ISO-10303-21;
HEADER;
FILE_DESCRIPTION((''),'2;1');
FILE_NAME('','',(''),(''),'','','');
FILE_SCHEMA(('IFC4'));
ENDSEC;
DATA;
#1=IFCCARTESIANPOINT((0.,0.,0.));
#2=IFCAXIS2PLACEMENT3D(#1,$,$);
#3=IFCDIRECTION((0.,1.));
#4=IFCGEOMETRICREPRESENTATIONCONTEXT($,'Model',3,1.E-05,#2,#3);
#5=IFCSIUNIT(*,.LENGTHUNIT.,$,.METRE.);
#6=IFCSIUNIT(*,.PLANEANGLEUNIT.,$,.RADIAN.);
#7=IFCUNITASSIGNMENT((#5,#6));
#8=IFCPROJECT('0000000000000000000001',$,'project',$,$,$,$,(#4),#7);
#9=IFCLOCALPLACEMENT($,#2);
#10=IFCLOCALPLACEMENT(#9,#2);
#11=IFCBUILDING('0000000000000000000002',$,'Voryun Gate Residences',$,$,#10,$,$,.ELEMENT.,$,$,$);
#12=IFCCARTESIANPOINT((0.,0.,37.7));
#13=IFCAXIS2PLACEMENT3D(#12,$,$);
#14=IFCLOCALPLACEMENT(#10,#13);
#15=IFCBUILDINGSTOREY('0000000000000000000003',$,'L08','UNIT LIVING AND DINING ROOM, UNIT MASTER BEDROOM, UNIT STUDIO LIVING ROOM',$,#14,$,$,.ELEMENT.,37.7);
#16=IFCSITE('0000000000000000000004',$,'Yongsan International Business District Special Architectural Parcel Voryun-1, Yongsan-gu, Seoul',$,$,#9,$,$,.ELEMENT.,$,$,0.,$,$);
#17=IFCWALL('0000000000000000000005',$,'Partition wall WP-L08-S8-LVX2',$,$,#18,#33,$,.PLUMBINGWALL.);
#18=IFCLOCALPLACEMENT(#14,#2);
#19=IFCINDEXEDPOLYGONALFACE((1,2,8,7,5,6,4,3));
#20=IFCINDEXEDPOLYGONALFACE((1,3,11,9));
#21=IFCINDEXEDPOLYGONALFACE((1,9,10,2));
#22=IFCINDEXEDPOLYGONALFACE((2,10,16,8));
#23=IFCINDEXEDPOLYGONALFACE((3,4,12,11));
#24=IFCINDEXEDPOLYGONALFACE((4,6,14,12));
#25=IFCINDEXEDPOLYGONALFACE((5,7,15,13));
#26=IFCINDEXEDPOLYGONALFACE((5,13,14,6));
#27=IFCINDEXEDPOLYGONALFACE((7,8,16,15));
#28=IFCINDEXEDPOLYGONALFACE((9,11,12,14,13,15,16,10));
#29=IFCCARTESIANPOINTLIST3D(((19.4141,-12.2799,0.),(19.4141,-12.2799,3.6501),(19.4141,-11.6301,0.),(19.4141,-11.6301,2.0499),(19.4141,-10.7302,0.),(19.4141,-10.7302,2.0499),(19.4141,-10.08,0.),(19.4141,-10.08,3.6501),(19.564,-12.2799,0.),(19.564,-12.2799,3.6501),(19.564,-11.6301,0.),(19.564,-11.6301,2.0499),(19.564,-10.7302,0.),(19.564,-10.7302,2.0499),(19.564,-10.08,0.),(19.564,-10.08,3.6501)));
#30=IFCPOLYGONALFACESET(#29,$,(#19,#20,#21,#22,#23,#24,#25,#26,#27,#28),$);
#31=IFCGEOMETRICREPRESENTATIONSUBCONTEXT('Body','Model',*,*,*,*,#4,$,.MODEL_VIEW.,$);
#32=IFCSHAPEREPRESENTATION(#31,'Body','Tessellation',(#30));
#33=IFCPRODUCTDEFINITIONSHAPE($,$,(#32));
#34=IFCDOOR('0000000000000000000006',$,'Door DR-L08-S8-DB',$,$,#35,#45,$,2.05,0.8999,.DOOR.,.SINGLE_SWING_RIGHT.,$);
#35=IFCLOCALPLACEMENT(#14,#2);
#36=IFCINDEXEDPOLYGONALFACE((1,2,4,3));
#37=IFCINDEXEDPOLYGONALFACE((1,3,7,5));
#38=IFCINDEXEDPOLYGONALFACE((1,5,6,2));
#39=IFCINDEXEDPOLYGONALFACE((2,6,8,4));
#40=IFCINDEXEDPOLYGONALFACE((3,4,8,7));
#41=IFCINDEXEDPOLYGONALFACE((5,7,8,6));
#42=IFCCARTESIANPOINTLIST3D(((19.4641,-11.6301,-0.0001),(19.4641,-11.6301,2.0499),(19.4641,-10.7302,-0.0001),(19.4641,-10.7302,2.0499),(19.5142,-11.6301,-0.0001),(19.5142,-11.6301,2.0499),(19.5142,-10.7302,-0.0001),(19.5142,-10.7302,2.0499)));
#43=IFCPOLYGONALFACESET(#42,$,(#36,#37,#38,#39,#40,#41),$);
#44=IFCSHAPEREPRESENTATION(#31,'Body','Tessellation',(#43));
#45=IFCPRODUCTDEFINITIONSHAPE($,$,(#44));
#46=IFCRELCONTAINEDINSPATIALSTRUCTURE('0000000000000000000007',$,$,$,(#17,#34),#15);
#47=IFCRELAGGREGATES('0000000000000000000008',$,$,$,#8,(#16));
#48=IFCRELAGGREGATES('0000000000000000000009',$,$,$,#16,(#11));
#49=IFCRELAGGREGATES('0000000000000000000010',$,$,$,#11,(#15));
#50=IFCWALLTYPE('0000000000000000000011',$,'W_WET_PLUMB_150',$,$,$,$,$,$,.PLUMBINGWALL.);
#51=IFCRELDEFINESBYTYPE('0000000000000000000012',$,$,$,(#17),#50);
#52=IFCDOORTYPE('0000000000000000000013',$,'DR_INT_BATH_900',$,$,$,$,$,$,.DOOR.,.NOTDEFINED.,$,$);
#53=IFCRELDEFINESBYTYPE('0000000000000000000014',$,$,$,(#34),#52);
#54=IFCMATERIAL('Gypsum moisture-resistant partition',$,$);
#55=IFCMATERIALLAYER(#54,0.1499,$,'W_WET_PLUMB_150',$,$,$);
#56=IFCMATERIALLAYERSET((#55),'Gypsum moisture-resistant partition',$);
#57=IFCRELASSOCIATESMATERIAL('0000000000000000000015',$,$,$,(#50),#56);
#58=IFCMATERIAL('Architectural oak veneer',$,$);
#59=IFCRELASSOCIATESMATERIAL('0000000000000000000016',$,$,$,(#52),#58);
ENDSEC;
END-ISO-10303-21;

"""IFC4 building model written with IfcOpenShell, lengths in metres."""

from ifc_helpers import new_model, si_unit, direction, frame, frame_2d, origin, place, context, subcontext, project, spatial, rectangle, extrude, material, layer, layer_set, type_object, element, fill, save


model = new_model("IFC4")

# Units and contexts
model_context = context("Model", 3, precision=1e-05, world=origin(), true_north=direction((0.0, 1.0)))
body_context = subcontext(model_context, "Body", "Model", "MODEL_VIEW")
ifc_project = project(units=[si_unit("LENGTHUNIT", "METRE"), si_unit("PLANEANGLEUNIT", "RADIAN")], contexts=[model_context])

# Site, building, storey
site_placement = place(None, origin())
site = spatial("IfcSite", under=ifc_project, at=site_placement, Name="Yongsan International Business District Special Architectural Parcel Voryun-1, Yongsan-gu, Seoul", CompositionType="ELEMENT", RefElevation=0.0)
building_placement = place(site_placement, origin())
building = spatial("IfcBuilding", under=site, at=building_placement, Name="Voryun Gate Residences", CompositionType="ELEMENT")
storey_placement = place(building_placement, frame((0.0, 0.0, 37.7)))
storey = spatial("IfcBuildingStorey", under=building, at=storey_placement, Name="L08", Description="UNIT LIVING AND DINING ROOM, UNIT MASTER BEDROOM, UNIT STUDIO LIVING ROOM", CompositionType="ELEMENT", Elevation=37.7)

# Shared definitions
ifc_material_1 = material(Name="Gypsum moisture-resistant partition")
ifc_layer_1 = layer(ifc_material_1, 0.1499, Name="W_WET_PLUMB_150")
ifc_layer_set_1 = layer_set([ifc_layer_1], Name="Gypsum moisture-resistant partition")
wall_type_1 = type_object("IfcWallType", Name="W_WET_PLUMB_150", PredefinedType="PLUMBINGWALL", material=ifc_layer_set_1)

# Wall, opening, door
wall_1_placement = place(storey_placement, frame((19.489, -12.28, 0.0), z_axis=(0.0, 0.0, 1.0), x_axis=(0.0, 1.0, 0.0)))
wall_1 = element("IfcWall", 1, at=wall_1_placement, inside=storey, type_object=wall_type_1, Name="Partition wall WP-L08-S8-LVX2", PredefinedType="PLUMBINGWALL", context=body_context, shape_type="SweptSolid", body=[
    extrude(rectangle(XDim=2.2, YDim=0.1499, at=frame_2d((1.1001, 0.0))), origin(), (0.0, 0.0, 1.0), 3.6501),
])
opening_1_placement = place(wall_1_placement, frame((0.6499, 0.0, 0.0)))
opening_1 = element("IfcOpeningElement", 2, at=opening_1_placement, cuts=wall_1, PredefinedType="OPENING", context=body_context, shape_type="SweptSolid", body=[
    extrude(rectangle(XDim=0.8999, YDim=2.05, at=frame_2d((0.45, 1.0249))), frame((0.0, 0.085, 0.0), z_axis=(0.0, -1.0, 0.0), x_axis=(1.0, 0.0, 0.0)), (0.0, 0.0, 1.0), 0.1699),
])
ifc_material_2 = material(Name="Architectural oak veneer")
door_type_1 = type_object("IfcDoorType", Name="DR_INT_BATH_900", OperationType="NOTDEFINED", PredefinedType="DOOR", material=ifc_material_2)
door_1_placement = place(opening_1_placement, origin())
door_1 = element("IfcDoor", 3, at=door_1_placement, inside=storey, type_object=door_type_1, Name="Door DR-L08-S8-DB", OperationType="SINGLE_SWING_RIGHT", OverallHeight=2.05, OverallWidth=0.8999, PredefinedType="DOOR", context=body_context, shape_type="SweptSolid", body=[
    extrude(rectangle(XDim=0.8999, YDim=2.05, at=frame_2d((0.45, 1.0249))), frame((0.0, 0.0249, 0.0), z_axis=(0.0, -1.0, 0.0), x_axis=(1.0, 0.0, 0.0)), (0.0, 0.0, 1.0), 0.05),
])
fill(opening_1, door_1)

save(model, "model.ifc")
